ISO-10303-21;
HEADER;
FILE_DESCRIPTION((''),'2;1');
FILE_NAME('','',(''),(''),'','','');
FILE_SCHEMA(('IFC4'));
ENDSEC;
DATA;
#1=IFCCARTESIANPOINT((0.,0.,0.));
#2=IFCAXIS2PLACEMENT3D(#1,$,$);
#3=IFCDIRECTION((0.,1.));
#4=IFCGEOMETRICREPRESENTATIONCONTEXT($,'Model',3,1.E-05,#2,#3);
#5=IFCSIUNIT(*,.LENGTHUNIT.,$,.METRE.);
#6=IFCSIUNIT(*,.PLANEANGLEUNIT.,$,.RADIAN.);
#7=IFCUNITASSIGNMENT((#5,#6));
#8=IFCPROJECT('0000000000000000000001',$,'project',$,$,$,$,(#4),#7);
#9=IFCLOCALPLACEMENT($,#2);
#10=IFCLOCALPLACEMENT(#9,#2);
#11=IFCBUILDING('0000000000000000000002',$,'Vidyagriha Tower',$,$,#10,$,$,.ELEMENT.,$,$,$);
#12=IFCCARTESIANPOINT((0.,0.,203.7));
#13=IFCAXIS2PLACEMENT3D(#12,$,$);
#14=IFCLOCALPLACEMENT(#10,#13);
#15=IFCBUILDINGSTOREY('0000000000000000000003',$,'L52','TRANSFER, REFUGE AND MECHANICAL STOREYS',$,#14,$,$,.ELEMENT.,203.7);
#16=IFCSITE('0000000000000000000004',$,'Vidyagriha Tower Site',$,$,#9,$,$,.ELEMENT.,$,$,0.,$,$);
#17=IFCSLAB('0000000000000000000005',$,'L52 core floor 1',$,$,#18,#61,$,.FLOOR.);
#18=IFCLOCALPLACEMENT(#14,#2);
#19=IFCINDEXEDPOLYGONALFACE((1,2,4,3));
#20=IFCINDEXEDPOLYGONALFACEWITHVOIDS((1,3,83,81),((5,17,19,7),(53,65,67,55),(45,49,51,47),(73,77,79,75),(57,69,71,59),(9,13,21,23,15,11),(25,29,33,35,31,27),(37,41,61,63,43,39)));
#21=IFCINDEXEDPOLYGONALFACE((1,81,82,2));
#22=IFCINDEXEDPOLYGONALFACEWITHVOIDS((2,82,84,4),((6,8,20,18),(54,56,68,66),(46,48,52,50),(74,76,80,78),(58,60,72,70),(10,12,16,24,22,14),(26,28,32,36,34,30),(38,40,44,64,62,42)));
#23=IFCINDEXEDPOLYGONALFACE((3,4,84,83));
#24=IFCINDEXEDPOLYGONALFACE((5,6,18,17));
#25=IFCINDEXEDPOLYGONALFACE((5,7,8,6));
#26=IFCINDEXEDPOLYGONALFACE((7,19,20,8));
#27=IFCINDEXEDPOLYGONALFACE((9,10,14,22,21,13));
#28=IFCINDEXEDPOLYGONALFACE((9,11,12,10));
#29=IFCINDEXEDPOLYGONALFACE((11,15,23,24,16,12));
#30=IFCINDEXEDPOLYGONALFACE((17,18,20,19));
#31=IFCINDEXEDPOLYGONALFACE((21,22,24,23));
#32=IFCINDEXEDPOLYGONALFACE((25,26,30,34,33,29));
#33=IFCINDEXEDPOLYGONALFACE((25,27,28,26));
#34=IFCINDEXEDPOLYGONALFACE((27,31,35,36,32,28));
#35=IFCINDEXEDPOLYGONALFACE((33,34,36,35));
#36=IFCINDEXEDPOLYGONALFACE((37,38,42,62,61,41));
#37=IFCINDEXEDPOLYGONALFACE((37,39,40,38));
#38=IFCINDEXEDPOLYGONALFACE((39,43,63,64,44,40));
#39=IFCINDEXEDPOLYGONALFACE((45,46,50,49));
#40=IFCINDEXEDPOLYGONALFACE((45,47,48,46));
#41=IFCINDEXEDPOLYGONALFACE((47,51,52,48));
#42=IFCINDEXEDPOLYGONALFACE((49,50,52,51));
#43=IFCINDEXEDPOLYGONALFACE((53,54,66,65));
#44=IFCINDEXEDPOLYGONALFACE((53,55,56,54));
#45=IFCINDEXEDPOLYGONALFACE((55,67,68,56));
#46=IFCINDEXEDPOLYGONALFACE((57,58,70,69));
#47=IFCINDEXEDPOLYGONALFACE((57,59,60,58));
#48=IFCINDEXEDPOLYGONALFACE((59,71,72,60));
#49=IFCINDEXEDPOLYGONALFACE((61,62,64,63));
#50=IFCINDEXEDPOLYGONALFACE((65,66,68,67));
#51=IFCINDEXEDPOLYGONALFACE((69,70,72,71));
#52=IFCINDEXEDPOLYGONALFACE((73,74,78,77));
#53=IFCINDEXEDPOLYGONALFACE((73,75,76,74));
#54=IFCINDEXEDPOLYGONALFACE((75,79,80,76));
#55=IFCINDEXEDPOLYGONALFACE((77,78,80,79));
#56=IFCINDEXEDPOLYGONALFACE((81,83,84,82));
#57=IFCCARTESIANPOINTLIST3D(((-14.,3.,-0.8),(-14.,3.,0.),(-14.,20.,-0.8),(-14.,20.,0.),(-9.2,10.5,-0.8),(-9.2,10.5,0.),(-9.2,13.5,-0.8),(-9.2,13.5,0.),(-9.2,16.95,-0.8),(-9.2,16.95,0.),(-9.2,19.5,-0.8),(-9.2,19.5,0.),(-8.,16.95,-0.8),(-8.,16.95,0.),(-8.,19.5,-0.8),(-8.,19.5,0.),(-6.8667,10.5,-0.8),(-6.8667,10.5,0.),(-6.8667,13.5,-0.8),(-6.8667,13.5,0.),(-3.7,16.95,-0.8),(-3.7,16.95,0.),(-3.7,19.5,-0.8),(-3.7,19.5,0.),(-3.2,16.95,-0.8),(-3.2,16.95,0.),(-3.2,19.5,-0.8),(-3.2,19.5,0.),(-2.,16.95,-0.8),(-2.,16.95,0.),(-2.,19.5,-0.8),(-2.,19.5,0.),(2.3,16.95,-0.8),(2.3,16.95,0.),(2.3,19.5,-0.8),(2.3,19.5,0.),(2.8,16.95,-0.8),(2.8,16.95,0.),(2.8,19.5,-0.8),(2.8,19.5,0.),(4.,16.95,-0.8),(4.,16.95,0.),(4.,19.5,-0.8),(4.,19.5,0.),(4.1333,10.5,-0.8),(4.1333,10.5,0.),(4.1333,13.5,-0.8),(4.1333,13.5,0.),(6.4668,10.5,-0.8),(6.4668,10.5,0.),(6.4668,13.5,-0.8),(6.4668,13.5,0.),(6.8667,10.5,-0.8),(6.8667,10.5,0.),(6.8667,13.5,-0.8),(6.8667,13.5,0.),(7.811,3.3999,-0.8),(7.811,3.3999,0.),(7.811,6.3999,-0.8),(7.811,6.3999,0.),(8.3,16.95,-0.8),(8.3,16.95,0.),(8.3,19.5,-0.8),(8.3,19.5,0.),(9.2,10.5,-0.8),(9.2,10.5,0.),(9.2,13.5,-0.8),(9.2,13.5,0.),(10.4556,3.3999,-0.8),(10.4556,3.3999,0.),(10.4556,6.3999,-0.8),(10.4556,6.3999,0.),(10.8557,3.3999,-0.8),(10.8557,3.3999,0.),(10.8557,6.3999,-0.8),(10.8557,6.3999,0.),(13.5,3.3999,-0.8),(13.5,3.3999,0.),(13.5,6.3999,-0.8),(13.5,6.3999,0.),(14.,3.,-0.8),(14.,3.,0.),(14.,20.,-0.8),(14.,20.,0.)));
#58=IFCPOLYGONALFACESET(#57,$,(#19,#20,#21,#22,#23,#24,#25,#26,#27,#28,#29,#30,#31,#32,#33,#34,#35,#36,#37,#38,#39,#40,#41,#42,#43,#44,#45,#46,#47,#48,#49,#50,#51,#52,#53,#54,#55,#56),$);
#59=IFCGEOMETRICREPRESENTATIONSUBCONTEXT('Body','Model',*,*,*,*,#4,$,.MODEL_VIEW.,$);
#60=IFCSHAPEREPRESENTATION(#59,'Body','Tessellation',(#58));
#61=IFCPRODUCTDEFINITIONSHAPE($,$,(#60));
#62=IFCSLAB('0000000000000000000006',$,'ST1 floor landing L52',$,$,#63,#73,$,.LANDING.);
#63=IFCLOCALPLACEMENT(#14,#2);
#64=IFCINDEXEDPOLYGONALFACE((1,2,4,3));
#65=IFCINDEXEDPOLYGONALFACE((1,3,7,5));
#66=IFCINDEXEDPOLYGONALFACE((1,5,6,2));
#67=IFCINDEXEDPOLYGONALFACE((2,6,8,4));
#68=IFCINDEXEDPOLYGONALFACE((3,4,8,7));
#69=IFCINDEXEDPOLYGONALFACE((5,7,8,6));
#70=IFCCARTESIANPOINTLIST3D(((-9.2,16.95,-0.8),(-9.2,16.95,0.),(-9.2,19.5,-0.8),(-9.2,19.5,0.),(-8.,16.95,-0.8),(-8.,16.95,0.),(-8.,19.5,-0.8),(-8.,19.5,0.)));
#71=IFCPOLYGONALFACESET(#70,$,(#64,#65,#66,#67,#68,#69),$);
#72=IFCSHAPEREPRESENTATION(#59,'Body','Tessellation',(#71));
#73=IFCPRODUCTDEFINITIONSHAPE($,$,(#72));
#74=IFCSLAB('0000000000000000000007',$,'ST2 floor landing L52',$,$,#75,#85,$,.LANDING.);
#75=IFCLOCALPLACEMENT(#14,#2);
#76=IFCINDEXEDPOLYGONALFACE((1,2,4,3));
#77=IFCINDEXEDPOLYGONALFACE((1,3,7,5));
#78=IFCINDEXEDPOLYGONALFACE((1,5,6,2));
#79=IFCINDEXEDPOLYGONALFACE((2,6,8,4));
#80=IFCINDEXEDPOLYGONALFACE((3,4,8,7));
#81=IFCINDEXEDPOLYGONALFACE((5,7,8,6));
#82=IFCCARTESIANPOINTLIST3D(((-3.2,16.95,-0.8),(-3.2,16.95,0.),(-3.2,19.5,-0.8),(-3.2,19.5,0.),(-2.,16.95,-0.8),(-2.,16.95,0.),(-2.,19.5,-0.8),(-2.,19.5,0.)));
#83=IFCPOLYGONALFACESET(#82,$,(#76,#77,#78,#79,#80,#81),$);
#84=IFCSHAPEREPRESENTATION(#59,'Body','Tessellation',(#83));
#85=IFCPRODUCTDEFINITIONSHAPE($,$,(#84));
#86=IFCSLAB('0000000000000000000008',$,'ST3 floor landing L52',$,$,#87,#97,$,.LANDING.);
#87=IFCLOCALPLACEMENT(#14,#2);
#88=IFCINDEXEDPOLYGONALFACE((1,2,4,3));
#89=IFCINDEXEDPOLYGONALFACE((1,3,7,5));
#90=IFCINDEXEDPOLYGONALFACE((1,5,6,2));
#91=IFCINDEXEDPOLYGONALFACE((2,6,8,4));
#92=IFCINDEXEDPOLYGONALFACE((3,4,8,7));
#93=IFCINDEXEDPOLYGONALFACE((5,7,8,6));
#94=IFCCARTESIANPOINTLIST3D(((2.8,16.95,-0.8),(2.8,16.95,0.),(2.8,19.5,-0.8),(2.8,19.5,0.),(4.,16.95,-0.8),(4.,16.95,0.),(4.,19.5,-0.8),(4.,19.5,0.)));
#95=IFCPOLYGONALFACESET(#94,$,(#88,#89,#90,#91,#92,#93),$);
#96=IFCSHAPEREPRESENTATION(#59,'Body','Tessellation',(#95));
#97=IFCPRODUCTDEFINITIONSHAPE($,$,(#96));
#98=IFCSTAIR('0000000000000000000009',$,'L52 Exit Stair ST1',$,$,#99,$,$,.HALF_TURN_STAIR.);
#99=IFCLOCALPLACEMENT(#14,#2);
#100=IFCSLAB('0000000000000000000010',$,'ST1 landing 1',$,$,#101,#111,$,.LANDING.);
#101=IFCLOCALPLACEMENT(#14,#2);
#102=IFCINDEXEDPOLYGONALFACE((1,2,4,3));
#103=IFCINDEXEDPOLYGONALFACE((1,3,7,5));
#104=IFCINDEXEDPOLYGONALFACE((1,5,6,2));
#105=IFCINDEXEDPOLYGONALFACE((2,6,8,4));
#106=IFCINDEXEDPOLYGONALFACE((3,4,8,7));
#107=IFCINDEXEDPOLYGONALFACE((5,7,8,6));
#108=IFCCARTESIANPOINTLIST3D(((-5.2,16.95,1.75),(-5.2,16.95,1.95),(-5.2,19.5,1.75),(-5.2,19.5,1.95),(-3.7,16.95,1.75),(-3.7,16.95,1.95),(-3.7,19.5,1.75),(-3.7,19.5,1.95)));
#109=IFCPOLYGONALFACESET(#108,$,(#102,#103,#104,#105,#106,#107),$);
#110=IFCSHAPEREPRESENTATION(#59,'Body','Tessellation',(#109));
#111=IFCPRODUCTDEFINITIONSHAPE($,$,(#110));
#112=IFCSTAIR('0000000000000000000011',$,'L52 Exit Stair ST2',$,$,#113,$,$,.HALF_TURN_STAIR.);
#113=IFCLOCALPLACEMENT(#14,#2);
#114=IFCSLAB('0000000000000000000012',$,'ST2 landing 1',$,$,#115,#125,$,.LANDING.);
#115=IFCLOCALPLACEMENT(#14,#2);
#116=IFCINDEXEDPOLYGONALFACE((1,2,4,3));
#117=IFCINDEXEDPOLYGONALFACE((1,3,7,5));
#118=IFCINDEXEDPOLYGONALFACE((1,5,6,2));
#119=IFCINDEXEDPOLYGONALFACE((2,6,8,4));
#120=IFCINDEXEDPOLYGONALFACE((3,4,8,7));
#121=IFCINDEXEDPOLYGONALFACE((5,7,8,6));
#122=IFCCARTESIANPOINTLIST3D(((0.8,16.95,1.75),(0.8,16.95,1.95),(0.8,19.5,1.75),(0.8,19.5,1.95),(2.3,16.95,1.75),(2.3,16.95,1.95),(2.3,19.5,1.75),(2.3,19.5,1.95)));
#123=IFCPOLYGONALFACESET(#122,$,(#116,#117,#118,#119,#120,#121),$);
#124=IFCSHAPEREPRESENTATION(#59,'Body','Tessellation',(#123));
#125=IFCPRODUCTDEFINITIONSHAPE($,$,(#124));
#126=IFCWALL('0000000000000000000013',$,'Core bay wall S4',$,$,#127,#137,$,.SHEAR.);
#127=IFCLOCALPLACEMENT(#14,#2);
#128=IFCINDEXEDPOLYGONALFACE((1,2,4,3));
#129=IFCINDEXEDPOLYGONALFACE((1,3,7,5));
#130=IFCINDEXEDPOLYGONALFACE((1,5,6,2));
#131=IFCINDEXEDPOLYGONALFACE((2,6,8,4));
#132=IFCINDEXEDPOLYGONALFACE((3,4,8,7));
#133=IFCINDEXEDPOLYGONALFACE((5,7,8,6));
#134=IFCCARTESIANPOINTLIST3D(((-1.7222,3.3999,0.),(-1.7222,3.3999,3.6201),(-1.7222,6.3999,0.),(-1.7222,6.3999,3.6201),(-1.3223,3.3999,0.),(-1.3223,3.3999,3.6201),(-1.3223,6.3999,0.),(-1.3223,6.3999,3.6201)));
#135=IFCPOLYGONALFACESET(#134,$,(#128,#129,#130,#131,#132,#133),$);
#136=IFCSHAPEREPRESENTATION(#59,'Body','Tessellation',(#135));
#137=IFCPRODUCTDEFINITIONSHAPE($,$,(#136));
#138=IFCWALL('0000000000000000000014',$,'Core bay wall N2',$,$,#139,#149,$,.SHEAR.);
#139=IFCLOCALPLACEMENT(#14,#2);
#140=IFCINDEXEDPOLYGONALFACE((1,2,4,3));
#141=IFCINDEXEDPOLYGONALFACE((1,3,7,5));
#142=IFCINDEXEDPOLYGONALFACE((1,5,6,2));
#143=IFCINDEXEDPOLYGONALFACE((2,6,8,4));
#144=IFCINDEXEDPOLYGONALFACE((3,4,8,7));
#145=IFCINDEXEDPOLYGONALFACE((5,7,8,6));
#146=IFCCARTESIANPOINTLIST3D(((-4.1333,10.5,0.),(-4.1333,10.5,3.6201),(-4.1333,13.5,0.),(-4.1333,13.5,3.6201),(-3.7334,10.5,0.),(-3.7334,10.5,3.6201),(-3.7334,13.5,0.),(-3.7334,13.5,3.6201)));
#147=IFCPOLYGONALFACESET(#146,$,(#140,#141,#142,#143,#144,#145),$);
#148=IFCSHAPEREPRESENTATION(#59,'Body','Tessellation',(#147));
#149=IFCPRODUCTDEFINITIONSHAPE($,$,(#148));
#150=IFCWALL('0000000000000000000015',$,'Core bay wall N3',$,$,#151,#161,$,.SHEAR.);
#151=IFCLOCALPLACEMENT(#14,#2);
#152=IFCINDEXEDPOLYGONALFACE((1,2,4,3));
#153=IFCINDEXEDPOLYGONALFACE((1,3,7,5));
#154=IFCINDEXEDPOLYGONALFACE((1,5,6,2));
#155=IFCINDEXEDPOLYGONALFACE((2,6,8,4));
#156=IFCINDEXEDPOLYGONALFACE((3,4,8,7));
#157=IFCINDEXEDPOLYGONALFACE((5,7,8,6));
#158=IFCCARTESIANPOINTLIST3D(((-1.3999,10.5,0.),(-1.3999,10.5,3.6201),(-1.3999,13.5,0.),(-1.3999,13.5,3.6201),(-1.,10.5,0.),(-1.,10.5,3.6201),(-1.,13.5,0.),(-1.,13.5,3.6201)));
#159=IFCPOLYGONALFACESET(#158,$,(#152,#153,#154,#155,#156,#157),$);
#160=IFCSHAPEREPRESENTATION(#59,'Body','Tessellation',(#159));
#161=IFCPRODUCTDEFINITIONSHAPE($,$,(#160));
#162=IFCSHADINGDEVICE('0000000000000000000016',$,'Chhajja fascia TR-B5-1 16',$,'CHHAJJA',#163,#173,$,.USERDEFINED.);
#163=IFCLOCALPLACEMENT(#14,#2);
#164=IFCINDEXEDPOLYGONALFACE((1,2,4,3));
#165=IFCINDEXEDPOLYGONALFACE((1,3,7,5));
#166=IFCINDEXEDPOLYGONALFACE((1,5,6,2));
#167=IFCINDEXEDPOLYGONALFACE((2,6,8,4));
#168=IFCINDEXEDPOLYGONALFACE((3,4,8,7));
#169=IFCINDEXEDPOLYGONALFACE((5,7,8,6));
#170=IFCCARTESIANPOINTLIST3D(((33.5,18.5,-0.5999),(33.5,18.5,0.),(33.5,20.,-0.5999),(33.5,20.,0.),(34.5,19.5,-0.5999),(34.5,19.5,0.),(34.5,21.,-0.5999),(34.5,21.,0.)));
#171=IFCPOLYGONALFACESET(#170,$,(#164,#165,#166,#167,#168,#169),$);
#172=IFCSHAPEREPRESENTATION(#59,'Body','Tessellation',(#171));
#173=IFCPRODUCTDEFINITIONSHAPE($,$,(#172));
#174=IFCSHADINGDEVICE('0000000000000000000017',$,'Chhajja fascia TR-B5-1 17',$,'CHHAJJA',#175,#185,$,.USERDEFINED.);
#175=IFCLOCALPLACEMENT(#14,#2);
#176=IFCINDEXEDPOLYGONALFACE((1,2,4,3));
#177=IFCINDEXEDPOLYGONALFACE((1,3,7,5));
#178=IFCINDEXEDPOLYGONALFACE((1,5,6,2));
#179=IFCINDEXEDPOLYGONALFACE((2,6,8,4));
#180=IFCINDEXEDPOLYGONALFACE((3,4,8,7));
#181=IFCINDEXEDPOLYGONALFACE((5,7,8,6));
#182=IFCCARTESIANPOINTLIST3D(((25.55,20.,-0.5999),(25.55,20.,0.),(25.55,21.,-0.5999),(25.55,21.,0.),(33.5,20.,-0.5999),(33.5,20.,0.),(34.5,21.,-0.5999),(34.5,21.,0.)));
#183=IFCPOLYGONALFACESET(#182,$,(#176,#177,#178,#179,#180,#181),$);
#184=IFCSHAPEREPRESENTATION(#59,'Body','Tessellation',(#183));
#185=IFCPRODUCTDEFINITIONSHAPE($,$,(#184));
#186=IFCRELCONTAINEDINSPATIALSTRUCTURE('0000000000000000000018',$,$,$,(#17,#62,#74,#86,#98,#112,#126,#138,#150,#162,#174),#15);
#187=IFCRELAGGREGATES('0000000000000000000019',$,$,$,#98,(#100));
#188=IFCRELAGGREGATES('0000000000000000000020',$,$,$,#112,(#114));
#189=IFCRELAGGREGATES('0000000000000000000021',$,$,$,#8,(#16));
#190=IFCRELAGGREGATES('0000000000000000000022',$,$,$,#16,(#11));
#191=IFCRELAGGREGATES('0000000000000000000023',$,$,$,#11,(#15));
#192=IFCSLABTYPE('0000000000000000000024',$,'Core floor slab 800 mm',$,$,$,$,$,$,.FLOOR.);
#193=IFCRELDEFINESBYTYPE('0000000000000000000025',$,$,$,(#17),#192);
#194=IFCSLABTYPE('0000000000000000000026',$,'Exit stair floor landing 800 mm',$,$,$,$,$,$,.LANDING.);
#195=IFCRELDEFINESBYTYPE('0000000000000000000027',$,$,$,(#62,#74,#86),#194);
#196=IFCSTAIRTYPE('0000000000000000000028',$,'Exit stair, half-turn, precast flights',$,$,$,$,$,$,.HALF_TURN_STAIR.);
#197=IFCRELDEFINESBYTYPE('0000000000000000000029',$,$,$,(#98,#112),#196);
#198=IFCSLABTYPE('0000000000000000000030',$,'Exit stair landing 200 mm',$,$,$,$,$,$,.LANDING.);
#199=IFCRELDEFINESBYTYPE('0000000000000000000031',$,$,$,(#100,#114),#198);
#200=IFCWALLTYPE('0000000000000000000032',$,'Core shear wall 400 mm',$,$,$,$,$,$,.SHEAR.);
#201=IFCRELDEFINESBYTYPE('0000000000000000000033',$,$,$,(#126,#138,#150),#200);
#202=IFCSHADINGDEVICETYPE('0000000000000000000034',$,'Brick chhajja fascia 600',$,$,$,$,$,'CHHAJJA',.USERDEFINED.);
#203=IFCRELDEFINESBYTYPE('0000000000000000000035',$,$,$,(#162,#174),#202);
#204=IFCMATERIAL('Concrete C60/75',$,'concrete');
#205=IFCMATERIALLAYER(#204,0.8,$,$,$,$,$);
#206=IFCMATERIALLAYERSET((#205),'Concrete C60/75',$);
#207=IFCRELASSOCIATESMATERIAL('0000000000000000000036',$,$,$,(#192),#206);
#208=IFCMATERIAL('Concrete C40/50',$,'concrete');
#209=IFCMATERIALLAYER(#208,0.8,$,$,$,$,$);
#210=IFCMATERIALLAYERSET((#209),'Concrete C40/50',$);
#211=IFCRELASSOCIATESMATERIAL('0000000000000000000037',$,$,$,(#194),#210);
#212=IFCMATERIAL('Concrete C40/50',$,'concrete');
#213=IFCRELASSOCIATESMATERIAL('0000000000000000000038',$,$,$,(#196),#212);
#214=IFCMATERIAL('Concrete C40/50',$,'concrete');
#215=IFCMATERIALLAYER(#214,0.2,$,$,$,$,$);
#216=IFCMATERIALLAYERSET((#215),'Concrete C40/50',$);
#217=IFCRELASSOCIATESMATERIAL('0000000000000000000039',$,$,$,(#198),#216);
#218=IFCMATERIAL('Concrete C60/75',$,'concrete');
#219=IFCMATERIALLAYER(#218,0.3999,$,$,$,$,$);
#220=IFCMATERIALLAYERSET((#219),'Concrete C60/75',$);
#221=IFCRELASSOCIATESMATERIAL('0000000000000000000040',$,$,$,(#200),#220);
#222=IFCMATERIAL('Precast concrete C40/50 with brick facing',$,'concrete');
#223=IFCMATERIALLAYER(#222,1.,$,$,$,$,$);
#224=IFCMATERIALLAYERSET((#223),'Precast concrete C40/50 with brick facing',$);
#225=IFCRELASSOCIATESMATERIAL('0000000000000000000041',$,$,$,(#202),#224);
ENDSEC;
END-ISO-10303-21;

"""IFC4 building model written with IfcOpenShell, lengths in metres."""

from ifc_helpers import new_model, si_unit, direction, frame, frame_2d, origin, place, context, subcontext, project, spatial, polyline, rectangle, outline, extrude, material, layer, layer_set, type_object, element, aggregate, save


model = new_model("IFC4")

# Units and contexts
model_context = context("Model", 3, precision=1e-05, world=origin(), true_north=direction((0.0, 1.0)))
body_context = subcontext(model_context, "Body", "Model", "MODEL_VIEW")
ifc_project = project(units=[si_unit("LENGTHUNIT", "METRE"), si_unit("PLANEANGLEUNIT", "RADIAN")], contexts=[model_context])

# Site, building, storey
site_placement = place(None, origin())
site = spatial("IfcSite", under=ifc_project, at=site_placement, Name="Vidyagriha Tower Site", CompositionType="ELEMENT", RefElevation=0.0)
building_placement = place(site_placement, origin())
building = spatial("IfcBuilding", under=site, at=building_placement, Name="Vidyagriha Tower", CompositionType="ELEMENT")
storey_placement = place(building_placement, frame((0.0, 0.0, 203.7)))
storey = spatial("IfcBuildingStorey", under=building, at=storey_placement, Name="L52", Description="TRANSFER, REFUGE AND MECHANICAL STOREYS", CompositionType="ELEMENT", Elevation=203.7)

# Slabs
ifc_material_1 = material(Name="Concrete C60/75", Category="concrete")
ifc_layer_1 = layer(ifc_material_1, 0.8)
ifc_layer_set_1 = layer_set([ifc_layer_1], Name="Concrete C60/75")
slab_type_1 = type_object("IfcSlabType", Name="Core floor slab 800 mm", PredefinedType="FLOOR", material=ifc_layer_set_1)
slab_1_placement = place(storey_placement, frame((0.0, 0.0, -0.8)))
element("IfcSlab", 1, at=slab_1_placement, inside=storey, type_object=slab_type_1, Name="L52 core floor 1", PredefinedType="FLOOR", context=body_context, shape_type="SweptSolid", body=[
    extrude(outline(polyline([(-14.0, 3.0), (-14.0, 20.0), (14.0, 20.0), (14.0, 3.0), (-14.0, 3.0)]), holes=[polyline([(13.5, 6.3999), (10.8557, 6.3999), (10.8557, 3.3999), (13.5, 3.3999), (13.5, 6.3999)]), polyline([(10.4556, 6.3999), (7.811, 6.3999), (7.811, 3.3999), (10.4556, 3.3999), (10.4556, 6.3999)]), polyline([(9.2, 13.5), (6.8667, 13.5), (6.8667, 10.5), (9.2, 10.5), (9.2, 13.5)]), polyline([(2.8, 19.5), (2.8, 16.95), (4.0, 16.95), (8.3, 16.95), (8.3, 19.5), (4.0, 19.5), (2.8, 19.5)]), polyline([(4.1333, 13.5), (4.1333, 10.5), (6.4668, 10.5), (6.4668, 13.5), (4.1333, 13.5)]), polyline([(-2.0, 19.5), (-3.2, 19.5), (-3.2, 16.95), (-2.0, 16.95), (2.3, 16.95), (2.3, 19.5), (-2.0, 19.5)]), polyline([(-9.2, 19.5), (-9.2, 16.95), (-8.0, 16.95), (-3.7, 16.95), (-3.7, 19.5), (-8.0, 19.5), (-9.2, 19.5)]), polyline([(-9.2, 13.5), (-9.2, 10.5), (-6.8667, 10.5), (-6.8667, 13.5), (-9.2, 13.5)])]), origin(), (0.0, 0.0, 1.0), 0.8),
])
ifc_material_2 = material(Name="Concrete C40/50", Category="concrete")
ifc_layer_2 = layer(ifc_material_2, 0.8)
ifc_layer_set_2 = layer_set([ifc_layer_2], Name="Concrete C40/50")
slab_type_2 = type_object("IfcSlabType", Name="Exit stair floor landing 800 mm", PredefinedType="LANDING", material=ifc_layer_set_2)
slab_2_placement = place(storey_placement, frame((0.0, 0.0, -0.8)))
element("IfcSlab", 2, at=slab_2_placement, inside=storey, type_object=slab_type_2, Name="ST1 floor landing L52", PredefinedType="LANDING", context=body_context, shape_type="SweptSolid", body=[
    extrude(outline(polyline([(-9.2, 16.95), (-8.0, 16.95), (-8.0, 19.5), (-9.2, 19.5), (-9.2, 16.95)])), origin(), (0.0, 0.0, 1.0), 0.8),
])
slab_3_placement = place(storey_placement, frame((0.0, 0.0, -0.8)))
element("IfcSlab", 3, at=slab_3_placement, inside=storey, type_object=slab_type_2, Name="ST2 floor landing L52", PredefinedType="LANDING", context=body_context, shape_type="SweptSolid", body=[
    extrude(outline(polyline([(-3.2, 16.95), (-2.0, 16.95), (-2.0, 19.5), (-3.2, 19.5), (-3.2, 16.95)])), origin(), (0.0, 0.0, 1.0), 0.8),
])
slab_4_placement = place(storey_placement, frame((0.0, 0.0, -0.8)))
element("IfcSlab", 4, at=slab_4_placement, inside=storey, type_object=slab_type_2, Name="ST3 floor landing L52", PredefinedType="LANDING", context=body_context, shape_type="SweptSolid", body=[
    extrude(outline(polyline([(2.8, 16.95), (4.0, 16.95), (4.0, 19.5), (2.8, 19.5), (2.8, 16.95)])), origin(), (0.0, 0.0, 1.0), 0.8),
])

# Stairs, slabs
ifc_material_3 = material(Name="Concrete C40/50", Category="concrete")
stair_type = type_object("IfcStairType", Name="Exit stair, half-turn, precast flights", PredefinedType="HALF_TURN_STAIR", material=ifc_material_3)
stair_1_placement = place(storey_placement, origin())
stair_1 = element("IfcStair", 5, at=stair_1_placement, inside=storey, type_object=stair_type, Name="L52 Exit Stair ST1", PredefinedType="HALF_TURN_STAIR")
ifc_material_4 = material(Name="Concrete C40/50", Category="concrete")
ifc_layer_3 = layer(ifc_material_4, 0.2)
ifc_layer_set_3 = layer_set([ifc_layer_3], Name="Concrete C40/50")
slab_type_3 = type_object("IfcSlabType", Name="Exit stair landing 200 mm", PredefinedType="LANDING", material=ifc_layer_set_3)
slab_5_placement = place(storey_placement, frame((0.0, 0.0, 1.75)))
slab_5 = element("IfcSlab", 6, at=slab_5_placement, type_object=slab_type_3, Name="ST1 landing 1", PredefinedType="LANDING", context=body_context, shape_type="SweptSolid", body=[
    extrude(outline(polyline([(-5.2, 16.95), (-3.7, 16.95), (-3.7, 19.5), (-5.2, 19.5), (-5.2, 16.95)])), origin(), (0.0, 0.0, 1.0), 0.2),
])
aggregate(stair_1, [slab_5])
stair_2_placement = place(storey_placement, origin())
stair_2 = element("IfcStair", 7, at=stair_2_placement, inside=storey, type_object=stair_type, Name="L52 Exit Stair ST2", PredefinedType="HALF_TURN_STAIR")
slab_6_placement = place(storey_placement, frame((0.0, 0.0, 1.75)))
slab_6 = element("IfcSlab", 8, at=slab_6_placement, type_object=slab_type_3, Name="ST2 landing 1", PredefinedType="LANDING", context=body_context, shape_type="SweptSolid", body=[
    extrude(outline(polyline([(0.8, 16.95), (2.3, 16.95), (2.3, 19.5), (0.8, 19.5), (0.8, 16.95)])), origin(), (0.0, 0.0, 1.0), 0.2),
])
aggregate(stair_2, [slab_6])

# Walls
ifc_material_5 = material(Name="Concrete C60/75", Category="concrete")
ifc_layer_4 = layer(ifc_material_5, 0.3999)
ifc_layer_set_4 = layer_set([ifc_layer_4], Name="Concrete C60/75")
wall_type = type_object("IfcWallType", Name="Core shear wall 400 mm", PredefinedType="SHEAR", material=ifc_layer_set_4)
for number, where, z_axis, x_axis, name in (
    (9, (-1.5222, 3.3999, 0.0), (0.0, 0.0, 1.0), (0.0, 1.0, 0.0), "Core bay wall S4"),
    (10, (-3.9333, 10.5, 0.0), (0.0, 0.0, 1.0), (0.0, 1.0, 0.0), "Core bay wall N2"),
    (11, (-1.2, 10.5, 0.0), (0.0, 0.0, 1.0), (0.0, 1.0, 0.0), "Core bay wall N3"),
):
    element("IfcWall", number, at=place(storey_placement, frame(where, z_axis=z_axis, x_axis=x_axis)), inside=storey, type_object=wall_type, Name=name, PredefinedType="SHEAR", context=body_context, shape_type="SweptSolid", body=[
        extrude(rectangle(XDim=3.0, YDim=0.3999, at=frame_2d((1.5, 0.0))), origin(), (0.0, 0.0, 1.0), 3.6201),
    ])

# Shading devices
ifc_material_6 = material(Name="Precast concrete C40/50 with brick facing", Category="concrete")
ifc_layer_5 = layer(ifc_material_6, 1.0)
ifc_layer_set_5 = layer_set([ifc_layer_5], Name="Precast concrete C40/50 with brick facing")
shading_device_type = type_object("IfcShadingDeviceType", Name="Brick chhajja fascia 600", ElementType="CHHAJJA", PredefinedType="USERDEFINED", material=ifc_layer_set_5)
shading_device_1_placement = place(storey_placement, frame((0.0, 0.0, -0.5999)))
element("IfcShadingDevice", 12, at=shading_device_1_placement, inside=storey, type_object=shading_device_type, Name="Chhajja fascia TR-B5-1 16", ObjectType="CHHAJJA", PredefinedType="USERDEFINED", context=body_context, shape_type="SweptSolid", body=[
    extrude(outline(polyline([(33.5, 18.5), (34.5, 19.5), (34.5, 21.0), (33.5, 20.0), (33.5, 18.5)])), origin(), (0.0, 0.0, 1.0), 0.5999),
])
shading_device_2_placement = place(storey_placement, frame((0.0, 0.0, -0.5999)))
element("IfcShadingDevice", 13, at=shading_device_2_placement, inside=storey, type_object=shading_device_type, Name="Chhajja fascia TR-B5-1 17", ObjectType="CHHAJJA", PredefinedType="USERDEFINED", context=body_context, shape_type="SweptSolid", body=[
    extrude(outline(polyline([(33.5, 20.0), (34.5, 21.0), (25.55, 21.0), (25.55, 20.0), (33.5, 20.0)])), origin(), (0.0, 0.0, 1.0), 0.5999),
])

save(model, "model.ifc")
